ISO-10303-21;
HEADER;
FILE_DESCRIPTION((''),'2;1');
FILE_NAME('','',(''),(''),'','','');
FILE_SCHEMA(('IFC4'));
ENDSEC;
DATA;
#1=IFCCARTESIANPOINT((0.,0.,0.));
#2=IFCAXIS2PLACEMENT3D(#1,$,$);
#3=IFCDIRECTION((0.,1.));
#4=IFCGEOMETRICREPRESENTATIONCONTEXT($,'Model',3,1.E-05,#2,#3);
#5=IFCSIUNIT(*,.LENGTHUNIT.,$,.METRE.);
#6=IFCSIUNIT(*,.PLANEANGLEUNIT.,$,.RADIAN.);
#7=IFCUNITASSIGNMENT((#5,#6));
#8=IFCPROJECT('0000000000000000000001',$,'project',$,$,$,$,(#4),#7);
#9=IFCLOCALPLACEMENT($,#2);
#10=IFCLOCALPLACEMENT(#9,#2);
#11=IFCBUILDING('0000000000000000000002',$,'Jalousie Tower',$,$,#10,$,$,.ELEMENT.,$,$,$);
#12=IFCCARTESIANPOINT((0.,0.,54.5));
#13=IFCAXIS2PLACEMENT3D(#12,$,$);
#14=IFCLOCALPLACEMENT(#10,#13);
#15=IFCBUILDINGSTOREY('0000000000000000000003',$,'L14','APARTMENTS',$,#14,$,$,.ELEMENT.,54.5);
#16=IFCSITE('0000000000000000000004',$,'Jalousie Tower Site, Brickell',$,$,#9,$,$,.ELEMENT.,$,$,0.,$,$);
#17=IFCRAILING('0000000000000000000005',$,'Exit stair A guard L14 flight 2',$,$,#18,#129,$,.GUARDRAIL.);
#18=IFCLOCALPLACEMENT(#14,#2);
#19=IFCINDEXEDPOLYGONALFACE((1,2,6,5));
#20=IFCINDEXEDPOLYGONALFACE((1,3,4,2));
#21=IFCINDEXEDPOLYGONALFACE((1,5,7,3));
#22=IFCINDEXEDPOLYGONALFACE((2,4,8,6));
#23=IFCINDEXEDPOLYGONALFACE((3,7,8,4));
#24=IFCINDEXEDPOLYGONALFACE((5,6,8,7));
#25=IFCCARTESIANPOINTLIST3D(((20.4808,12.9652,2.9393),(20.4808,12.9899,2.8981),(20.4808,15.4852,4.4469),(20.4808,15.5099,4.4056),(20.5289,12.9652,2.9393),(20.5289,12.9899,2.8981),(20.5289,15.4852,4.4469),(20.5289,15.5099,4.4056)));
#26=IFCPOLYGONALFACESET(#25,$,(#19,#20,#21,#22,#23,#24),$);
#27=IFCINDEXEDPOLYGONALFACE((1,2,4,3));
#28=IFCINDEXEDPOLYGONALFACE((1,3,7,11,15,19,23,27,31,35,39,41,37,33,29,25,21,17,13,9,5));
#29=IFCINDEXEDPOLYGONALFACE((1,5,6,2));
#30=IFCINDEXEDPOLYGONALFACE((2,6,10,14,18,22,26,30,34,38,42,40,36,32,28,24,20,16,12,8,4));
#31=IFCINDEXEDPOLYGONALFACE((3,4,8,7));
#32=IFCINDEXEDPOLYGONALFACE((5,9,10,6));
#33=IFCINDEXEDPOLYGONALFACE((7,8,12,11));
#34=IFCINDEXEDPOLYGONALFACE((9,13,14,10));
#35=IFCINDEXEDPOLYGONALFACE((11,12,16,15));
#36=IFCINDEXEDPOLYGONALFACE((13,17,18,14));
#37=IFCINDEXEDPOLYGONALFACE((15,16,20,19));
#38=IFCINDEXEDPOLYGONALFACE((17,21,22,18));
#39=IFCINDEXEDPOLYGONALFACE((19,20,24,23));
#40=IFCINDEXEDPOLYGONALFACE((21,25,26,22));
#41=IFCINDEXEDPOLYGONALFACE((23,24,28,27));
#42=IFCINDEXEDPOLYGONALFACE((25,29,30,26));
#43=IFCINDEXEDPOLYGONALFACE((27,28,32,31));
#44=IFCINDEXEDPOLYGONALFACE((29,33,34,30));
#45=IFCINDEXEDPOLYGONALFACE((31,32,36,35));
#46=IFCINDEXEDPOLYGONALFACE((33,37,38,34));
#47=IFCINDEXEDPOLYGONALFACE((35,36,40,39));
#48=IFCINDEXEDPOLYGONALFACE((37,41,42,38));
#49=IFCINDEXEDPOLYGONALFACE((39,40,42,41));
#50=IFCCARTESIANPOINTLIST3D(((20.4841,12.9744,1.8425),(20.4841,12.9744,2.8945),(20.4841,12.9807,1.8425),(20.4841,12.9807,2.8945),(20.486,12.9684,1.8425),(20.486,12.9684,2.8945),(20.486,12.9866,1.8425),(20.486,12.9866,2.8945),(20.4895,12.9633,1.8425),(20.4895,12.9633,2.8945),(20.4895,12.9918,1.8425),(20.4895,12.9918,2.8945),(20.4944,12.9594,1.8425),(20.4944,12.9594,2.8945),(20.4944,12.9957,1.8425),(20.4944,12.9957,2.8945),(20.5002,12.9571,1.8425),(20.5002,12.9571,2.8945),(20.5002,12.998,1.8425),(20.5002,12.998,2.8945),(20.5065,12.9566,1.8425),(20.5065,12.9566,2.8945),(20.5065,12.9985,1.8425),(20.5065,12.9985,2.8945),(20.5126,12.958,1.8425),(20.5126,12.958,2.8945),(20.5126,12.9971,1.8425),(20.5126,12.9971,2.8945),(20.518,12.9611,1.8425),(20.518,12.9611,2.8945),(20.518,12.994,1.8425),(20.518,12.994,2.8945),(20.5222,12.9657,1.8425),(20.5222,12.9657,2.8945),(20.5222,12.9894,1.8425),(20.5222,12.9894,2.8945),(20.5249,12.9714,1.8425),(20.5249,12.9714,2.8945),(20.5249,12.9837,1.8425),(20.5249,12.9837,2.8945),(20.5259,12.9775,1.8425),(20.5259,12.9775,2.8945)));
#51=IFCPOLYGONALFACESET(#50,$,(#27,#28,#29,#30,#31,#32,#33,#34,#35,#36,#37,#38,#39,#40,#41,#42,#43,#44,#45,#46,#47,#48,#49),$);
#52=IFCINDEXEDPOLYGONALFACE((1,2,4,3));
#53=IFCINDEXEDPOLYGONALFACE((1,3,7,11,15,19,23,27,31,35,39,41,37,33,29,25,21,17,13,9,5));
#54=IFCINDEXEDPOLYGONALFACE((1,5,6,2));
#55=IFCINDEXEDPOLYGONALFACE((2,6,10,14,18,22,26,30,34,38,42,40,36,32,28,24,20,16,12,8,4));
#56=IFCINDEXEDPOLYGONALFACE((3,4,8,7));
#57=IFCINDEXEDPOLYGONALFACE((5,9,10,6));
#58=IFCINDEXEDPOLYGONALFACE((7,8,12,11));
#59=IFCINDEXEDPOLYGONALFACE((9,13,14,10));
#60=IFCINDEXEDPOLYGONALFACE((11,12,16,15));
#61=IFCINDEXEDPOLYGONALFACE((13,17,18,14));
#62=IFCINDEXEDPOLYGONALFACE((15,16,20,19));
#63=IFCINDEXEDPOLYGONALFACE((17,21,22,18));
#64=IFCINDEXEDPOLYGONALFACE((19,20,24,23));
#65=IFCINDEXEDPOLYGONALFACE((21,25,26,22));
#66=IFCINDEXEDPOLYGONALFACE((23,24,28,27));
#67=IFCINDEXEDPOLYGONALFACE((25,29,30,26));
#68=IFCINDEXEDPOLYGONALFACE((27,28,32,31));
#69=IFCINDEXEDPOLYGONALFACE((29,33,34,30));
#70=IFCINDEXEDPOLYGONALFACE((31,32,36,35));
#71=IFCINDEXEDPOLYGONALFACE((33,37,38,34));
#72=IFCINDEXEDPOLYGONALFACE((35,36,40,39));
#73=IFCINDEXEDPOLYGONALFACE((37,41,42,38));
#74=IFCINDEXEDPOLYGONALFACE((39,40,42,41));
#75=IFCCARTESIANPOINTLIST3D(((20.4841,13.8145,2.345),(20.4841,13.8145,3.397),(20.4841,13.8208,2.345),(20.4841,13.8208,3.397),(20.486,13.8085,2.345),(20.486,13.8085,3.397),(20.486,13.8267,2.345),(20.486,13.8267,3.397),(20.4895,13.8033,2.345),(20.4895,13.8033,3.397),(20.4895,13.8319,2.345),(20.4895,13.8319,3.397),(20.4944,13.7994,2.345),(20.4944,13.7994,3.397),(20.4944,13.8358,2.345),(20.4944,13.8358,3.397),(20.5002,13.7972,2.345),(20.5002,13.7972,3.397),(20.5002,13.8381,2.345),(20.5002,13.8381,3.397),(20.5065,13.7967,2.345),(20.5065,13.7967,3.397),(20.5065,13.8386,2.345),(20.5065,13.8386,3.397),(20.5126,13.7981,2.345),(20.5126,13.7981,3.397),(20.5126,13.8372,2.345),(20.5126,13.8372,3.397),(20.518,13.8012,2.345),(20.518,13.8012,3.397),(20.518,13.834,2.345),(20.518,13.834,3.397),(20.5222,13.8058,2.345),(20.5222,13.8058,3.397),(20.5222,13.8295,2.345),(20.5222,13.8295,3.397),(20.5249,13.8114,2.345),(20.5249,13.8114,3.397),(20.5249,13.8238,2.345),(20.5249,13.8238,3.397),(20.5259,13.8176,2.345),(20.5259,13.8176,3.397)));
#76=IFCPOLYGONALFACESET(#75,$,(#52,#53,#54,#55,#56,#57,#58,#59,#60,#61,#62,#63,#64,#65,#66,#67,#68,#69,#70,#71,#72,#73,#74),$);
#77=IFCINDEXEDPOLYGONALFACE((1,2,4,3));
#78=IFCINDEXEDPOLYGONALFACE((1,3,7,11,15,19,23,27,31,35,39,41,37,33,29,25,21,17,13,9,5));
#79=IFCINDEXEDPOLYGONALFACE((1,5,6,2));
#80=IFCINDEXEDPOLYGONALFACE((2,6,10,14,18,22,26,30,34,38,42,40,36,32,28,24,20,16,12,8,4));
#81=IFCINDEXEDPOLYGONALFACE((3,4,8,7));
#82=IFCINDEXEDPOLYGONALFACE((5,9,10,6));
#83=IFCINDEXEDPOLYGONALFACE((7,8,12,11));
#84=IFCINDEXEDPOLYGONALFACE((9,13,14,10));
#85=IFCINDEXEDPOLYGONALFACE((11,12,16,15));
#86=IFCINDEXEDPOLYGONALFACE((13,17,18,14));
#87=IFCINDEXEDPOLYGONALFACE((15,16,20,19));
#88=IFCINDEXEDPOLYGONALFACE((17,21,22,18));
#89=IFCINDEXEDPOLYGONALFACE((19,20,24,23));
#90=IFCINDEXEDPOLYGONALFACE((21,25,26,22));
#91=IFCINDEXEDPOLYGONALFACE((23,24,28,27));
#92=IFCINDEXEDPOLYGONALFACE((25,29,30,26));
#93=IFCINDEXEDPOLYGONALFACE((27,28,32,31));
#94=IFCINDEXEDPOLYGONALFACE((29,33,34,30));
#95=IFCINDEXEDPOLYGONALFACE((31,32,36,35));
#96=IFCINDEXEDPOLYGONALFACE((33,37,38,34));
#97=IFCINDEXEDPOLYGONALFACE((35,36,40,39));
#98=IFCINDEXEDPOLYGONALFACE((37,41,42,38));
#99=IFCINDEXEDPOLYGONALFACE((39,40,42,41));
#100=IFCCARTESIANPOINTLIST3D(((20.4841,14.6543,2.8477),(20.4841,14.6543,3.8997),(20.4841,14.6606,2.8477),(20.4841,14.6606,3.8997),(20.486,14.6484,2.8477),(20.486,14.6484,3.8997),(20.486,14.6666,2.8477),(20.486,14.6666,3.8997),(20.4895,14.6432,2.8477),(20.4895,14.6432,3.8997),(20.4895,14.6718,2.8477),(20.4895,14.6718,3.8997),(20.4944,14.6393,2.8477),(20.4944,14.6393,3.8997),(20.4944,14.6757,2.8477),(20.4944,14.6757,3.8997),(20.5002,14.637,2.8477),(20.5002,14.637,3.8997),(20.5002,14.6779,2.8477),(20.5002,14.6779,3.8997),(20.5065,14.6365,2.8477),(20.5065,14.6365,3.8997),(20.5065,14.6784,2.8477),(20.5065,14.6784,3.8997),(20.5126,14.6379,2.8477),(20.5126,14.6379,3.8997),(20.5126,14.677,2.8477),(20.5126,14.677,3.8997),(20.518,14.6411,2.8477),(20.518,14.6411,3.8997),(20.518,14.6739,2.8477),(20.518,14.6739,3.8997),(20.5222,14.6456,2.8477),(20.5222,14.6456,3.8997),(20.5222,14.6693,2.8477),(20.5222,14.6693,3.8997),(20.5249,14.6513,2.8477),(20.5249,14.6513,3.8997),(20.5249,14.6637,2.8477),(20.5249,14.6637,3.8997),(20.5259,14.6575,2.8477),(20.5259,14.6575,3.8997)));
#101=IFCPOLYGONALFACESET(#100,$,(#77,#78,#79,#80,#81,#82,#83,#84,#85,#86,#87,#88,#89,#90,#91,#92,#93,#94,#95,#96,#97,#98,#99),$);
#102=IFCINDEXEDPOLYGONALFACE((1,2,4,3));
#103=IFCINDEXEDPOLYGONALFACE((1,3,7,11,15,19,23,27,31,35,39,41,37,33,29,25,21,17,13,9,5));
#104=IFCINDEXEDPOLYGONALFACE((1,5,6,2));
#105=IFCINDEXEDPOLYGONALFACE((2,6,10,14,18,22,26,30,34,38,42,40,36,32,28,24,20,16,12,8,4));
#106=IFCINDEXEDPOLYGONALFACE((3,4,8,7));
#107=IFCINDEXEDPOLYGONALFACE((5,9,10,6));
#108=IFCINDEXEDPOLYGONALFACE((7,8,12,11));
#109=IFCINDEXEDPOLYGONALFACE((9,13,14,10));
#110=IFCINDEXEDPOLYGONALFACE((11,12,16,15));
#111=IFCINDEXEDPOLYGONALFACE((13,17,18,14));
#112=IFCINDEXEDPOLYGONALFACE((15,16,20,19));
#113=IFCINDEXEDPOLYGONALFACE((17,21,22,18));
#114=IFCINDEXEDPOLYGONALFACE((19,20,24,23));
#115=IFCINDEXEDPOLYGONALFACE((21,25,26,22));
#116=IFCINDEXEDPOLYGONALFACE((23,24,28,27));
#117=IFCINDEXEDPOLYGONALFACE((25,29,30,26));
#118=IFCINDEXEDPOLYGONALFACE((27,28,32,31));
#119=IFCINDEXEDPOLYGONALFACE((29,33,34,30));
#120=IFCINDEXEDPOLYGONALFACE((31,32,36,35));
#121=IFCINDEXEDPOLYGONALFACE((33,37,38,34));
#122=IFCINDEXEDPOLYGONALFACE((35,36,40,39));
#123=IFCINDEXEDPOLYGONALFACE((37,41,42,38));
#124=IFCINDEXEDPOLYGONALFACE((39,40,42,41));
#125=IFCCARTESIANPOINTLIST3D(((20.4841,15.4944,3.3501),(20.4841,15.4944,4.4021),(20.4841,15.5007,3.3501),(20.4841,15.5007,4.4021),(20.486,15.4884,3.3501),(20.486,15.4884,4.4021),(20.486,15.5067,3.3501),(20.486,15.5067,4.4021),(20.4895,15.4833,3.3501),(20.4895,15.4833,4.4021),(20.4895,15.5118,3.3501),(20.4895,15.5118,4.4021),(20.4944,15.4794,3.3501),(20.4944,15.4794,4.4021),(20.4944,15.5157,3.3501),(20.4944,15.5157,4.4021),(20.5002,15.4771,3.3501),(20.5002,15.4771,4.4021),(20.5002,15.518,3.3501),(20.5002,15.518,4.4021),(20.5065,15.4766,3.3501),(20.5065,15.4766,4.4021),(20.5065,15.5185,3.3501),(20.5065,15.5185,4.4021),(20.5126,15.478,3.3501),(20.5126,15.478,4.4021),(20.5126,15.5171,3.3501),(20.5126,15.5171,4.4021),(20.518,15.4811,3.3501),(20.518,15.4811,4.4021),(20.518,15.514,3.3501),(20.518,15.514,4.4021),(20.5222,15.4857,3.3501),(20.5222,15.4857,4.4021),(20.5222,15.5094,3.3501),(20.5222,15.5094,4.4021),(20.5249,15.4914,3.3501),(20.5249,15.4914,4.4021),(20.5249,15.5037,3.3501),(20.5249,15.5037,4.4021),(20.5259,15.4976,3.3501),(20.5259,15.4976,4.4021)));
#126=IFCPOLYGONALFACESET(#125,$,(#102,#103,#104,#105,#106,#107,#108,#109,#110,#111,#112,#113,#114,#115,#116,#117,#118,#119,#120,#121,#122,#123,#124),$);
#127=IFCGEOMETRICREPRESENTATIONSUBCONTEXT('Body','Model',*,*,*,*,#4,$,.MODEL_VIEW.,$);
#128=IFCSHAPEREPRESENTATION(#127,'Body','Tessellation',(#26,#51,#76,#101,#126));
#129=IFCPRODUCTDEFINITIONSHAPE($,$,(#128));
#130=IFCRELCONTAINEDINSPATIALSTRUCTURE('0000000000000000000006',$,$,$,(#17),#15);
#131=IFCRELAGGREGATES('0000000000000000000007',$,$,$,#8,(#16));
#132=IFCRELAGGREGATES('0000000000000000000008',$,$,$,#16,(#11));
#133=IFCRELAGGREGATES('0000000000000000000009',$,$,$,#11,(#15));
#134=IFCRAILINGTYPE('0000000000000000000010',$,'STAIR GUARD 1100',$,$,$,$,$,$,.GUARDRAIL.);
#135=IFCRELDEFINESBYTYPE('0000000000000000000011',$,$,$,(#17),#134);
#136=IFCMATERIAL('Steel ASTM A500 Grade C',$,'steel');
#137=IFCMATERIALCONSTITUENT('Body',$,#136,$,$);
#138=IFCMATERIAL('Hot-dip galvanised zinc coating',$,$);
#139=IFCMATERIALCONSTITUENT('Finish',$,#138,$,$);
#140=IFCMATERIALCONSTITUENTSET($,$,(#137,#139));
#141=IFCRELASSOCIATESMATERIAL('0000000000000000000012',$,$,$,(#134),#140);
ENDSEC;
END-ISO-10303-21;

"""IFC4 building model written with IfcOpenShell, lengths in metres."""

from ifc_helpers import new_model, si_unit, direction, frame, origin, origin_2d, place, context, subcontext, project, spatial, rectangle, circle, extrude, material, constituent, constituent_set, type_object, element, save


model = new_model("IFC4")

# Units and contexts
model_context = context("Model", 3, precision=1e-05, world=origin(), true_north=direction((0.0, 1.0)))
body_context = subcontext(model_context, "Body", "Model", "MODEL_VIEW")
ifc_project = project(units=[si_unit("LENGTHUNIT", "METRE"), si_unit("PLANEANGLEUNIT", "RADIAN")], contexts=[model_context])

# Site, building, storey
site_placement = place(None, origin())
site = spatial("IfcSite", under=ifc_project, at=site_placement, Name="Jalousie Tower Site, Brickell", CompositionType="ELEMENT", RefElevation=0.0)
building_placement = place(site_placement, origin())
building = spatial("IfcBuilding", under=site, at=building_placement, Name="Jalousie Tower", CompositionType="ELEMENT")
storey_placement = place(building_placement, frame((0.0, 0.0, 54.5)))
storey = spatial("IfcBuildingStorey", under=building, at=storey_placement, Name="L14", Description="APARTMENTS", CompositionType="ELEMENT", Elevation=54.5)

# Railing
ifc_material_1 = material(Name="Steel ASTM A500 Grade C", Category="steel")
ifc_constituent_1 = constituent(ifc_material_1, Name="Body")
ifc_material_2 = material(Name="Hot-dip galvanised zinc coating")
ifc_constituent_2 = constituent(ifc_material_2, Name="Finish")
ifc_constituent_set_1 = constituent_set(constituents=[ifc_constituent_1, ifc_constituent_2])
railing_type_1 = type_object("IfcRailingType", Name="STAIR GUARD 1100", PredefinedType="GUARDRAIL", material=ifc_constituent_set_1)
railing_1_placement = place(storey_placement, frame((20.5049, 12.9775, 1.8425)))
element("IfcRailing", 1, at=railing_1_placement, inside=storey, type_object=railing_type_1, Name="Exit stair A guard L14 flight 2", PredefinedType="GUARDRAIL", context=body_context, shape_type="SweptSolid", body=[
    extrude(rectangle(XDim=0.0481, YDim=0.0481, at=origin_2d()), frame((0.0, 0.0, 1.0762), z_axis=(0.0, 0.85816, 0.513383), x_axis=(-1.0, 0.0, 0.0)), (0.0, 0.0, 1.0), 2.9365),
    extrude(circle(Radius=0.021, at=origin_2d()), origin(), (0.0, 0.0, 1.0), 1.052),
    extrude(circle(Radius=0.021, at=origin_2d()), frame((0.0, 0.8401, 0.5024)), (0.0, 0.0, 1.0), 1.052),
    extrude(circle(Radius=0.021, at=origin_2d()), frame((0.0, 1.6799, 1.0051)), (0.0, 0.0, 1.0), 1.052),
    extrude(circle(Radius=0.021, at=origin_2d()), frame((0.0, 2.52, 1.5076)), (0.0, 0.0, 1.0), 1.052),
])

save(model, "model.ifc")
